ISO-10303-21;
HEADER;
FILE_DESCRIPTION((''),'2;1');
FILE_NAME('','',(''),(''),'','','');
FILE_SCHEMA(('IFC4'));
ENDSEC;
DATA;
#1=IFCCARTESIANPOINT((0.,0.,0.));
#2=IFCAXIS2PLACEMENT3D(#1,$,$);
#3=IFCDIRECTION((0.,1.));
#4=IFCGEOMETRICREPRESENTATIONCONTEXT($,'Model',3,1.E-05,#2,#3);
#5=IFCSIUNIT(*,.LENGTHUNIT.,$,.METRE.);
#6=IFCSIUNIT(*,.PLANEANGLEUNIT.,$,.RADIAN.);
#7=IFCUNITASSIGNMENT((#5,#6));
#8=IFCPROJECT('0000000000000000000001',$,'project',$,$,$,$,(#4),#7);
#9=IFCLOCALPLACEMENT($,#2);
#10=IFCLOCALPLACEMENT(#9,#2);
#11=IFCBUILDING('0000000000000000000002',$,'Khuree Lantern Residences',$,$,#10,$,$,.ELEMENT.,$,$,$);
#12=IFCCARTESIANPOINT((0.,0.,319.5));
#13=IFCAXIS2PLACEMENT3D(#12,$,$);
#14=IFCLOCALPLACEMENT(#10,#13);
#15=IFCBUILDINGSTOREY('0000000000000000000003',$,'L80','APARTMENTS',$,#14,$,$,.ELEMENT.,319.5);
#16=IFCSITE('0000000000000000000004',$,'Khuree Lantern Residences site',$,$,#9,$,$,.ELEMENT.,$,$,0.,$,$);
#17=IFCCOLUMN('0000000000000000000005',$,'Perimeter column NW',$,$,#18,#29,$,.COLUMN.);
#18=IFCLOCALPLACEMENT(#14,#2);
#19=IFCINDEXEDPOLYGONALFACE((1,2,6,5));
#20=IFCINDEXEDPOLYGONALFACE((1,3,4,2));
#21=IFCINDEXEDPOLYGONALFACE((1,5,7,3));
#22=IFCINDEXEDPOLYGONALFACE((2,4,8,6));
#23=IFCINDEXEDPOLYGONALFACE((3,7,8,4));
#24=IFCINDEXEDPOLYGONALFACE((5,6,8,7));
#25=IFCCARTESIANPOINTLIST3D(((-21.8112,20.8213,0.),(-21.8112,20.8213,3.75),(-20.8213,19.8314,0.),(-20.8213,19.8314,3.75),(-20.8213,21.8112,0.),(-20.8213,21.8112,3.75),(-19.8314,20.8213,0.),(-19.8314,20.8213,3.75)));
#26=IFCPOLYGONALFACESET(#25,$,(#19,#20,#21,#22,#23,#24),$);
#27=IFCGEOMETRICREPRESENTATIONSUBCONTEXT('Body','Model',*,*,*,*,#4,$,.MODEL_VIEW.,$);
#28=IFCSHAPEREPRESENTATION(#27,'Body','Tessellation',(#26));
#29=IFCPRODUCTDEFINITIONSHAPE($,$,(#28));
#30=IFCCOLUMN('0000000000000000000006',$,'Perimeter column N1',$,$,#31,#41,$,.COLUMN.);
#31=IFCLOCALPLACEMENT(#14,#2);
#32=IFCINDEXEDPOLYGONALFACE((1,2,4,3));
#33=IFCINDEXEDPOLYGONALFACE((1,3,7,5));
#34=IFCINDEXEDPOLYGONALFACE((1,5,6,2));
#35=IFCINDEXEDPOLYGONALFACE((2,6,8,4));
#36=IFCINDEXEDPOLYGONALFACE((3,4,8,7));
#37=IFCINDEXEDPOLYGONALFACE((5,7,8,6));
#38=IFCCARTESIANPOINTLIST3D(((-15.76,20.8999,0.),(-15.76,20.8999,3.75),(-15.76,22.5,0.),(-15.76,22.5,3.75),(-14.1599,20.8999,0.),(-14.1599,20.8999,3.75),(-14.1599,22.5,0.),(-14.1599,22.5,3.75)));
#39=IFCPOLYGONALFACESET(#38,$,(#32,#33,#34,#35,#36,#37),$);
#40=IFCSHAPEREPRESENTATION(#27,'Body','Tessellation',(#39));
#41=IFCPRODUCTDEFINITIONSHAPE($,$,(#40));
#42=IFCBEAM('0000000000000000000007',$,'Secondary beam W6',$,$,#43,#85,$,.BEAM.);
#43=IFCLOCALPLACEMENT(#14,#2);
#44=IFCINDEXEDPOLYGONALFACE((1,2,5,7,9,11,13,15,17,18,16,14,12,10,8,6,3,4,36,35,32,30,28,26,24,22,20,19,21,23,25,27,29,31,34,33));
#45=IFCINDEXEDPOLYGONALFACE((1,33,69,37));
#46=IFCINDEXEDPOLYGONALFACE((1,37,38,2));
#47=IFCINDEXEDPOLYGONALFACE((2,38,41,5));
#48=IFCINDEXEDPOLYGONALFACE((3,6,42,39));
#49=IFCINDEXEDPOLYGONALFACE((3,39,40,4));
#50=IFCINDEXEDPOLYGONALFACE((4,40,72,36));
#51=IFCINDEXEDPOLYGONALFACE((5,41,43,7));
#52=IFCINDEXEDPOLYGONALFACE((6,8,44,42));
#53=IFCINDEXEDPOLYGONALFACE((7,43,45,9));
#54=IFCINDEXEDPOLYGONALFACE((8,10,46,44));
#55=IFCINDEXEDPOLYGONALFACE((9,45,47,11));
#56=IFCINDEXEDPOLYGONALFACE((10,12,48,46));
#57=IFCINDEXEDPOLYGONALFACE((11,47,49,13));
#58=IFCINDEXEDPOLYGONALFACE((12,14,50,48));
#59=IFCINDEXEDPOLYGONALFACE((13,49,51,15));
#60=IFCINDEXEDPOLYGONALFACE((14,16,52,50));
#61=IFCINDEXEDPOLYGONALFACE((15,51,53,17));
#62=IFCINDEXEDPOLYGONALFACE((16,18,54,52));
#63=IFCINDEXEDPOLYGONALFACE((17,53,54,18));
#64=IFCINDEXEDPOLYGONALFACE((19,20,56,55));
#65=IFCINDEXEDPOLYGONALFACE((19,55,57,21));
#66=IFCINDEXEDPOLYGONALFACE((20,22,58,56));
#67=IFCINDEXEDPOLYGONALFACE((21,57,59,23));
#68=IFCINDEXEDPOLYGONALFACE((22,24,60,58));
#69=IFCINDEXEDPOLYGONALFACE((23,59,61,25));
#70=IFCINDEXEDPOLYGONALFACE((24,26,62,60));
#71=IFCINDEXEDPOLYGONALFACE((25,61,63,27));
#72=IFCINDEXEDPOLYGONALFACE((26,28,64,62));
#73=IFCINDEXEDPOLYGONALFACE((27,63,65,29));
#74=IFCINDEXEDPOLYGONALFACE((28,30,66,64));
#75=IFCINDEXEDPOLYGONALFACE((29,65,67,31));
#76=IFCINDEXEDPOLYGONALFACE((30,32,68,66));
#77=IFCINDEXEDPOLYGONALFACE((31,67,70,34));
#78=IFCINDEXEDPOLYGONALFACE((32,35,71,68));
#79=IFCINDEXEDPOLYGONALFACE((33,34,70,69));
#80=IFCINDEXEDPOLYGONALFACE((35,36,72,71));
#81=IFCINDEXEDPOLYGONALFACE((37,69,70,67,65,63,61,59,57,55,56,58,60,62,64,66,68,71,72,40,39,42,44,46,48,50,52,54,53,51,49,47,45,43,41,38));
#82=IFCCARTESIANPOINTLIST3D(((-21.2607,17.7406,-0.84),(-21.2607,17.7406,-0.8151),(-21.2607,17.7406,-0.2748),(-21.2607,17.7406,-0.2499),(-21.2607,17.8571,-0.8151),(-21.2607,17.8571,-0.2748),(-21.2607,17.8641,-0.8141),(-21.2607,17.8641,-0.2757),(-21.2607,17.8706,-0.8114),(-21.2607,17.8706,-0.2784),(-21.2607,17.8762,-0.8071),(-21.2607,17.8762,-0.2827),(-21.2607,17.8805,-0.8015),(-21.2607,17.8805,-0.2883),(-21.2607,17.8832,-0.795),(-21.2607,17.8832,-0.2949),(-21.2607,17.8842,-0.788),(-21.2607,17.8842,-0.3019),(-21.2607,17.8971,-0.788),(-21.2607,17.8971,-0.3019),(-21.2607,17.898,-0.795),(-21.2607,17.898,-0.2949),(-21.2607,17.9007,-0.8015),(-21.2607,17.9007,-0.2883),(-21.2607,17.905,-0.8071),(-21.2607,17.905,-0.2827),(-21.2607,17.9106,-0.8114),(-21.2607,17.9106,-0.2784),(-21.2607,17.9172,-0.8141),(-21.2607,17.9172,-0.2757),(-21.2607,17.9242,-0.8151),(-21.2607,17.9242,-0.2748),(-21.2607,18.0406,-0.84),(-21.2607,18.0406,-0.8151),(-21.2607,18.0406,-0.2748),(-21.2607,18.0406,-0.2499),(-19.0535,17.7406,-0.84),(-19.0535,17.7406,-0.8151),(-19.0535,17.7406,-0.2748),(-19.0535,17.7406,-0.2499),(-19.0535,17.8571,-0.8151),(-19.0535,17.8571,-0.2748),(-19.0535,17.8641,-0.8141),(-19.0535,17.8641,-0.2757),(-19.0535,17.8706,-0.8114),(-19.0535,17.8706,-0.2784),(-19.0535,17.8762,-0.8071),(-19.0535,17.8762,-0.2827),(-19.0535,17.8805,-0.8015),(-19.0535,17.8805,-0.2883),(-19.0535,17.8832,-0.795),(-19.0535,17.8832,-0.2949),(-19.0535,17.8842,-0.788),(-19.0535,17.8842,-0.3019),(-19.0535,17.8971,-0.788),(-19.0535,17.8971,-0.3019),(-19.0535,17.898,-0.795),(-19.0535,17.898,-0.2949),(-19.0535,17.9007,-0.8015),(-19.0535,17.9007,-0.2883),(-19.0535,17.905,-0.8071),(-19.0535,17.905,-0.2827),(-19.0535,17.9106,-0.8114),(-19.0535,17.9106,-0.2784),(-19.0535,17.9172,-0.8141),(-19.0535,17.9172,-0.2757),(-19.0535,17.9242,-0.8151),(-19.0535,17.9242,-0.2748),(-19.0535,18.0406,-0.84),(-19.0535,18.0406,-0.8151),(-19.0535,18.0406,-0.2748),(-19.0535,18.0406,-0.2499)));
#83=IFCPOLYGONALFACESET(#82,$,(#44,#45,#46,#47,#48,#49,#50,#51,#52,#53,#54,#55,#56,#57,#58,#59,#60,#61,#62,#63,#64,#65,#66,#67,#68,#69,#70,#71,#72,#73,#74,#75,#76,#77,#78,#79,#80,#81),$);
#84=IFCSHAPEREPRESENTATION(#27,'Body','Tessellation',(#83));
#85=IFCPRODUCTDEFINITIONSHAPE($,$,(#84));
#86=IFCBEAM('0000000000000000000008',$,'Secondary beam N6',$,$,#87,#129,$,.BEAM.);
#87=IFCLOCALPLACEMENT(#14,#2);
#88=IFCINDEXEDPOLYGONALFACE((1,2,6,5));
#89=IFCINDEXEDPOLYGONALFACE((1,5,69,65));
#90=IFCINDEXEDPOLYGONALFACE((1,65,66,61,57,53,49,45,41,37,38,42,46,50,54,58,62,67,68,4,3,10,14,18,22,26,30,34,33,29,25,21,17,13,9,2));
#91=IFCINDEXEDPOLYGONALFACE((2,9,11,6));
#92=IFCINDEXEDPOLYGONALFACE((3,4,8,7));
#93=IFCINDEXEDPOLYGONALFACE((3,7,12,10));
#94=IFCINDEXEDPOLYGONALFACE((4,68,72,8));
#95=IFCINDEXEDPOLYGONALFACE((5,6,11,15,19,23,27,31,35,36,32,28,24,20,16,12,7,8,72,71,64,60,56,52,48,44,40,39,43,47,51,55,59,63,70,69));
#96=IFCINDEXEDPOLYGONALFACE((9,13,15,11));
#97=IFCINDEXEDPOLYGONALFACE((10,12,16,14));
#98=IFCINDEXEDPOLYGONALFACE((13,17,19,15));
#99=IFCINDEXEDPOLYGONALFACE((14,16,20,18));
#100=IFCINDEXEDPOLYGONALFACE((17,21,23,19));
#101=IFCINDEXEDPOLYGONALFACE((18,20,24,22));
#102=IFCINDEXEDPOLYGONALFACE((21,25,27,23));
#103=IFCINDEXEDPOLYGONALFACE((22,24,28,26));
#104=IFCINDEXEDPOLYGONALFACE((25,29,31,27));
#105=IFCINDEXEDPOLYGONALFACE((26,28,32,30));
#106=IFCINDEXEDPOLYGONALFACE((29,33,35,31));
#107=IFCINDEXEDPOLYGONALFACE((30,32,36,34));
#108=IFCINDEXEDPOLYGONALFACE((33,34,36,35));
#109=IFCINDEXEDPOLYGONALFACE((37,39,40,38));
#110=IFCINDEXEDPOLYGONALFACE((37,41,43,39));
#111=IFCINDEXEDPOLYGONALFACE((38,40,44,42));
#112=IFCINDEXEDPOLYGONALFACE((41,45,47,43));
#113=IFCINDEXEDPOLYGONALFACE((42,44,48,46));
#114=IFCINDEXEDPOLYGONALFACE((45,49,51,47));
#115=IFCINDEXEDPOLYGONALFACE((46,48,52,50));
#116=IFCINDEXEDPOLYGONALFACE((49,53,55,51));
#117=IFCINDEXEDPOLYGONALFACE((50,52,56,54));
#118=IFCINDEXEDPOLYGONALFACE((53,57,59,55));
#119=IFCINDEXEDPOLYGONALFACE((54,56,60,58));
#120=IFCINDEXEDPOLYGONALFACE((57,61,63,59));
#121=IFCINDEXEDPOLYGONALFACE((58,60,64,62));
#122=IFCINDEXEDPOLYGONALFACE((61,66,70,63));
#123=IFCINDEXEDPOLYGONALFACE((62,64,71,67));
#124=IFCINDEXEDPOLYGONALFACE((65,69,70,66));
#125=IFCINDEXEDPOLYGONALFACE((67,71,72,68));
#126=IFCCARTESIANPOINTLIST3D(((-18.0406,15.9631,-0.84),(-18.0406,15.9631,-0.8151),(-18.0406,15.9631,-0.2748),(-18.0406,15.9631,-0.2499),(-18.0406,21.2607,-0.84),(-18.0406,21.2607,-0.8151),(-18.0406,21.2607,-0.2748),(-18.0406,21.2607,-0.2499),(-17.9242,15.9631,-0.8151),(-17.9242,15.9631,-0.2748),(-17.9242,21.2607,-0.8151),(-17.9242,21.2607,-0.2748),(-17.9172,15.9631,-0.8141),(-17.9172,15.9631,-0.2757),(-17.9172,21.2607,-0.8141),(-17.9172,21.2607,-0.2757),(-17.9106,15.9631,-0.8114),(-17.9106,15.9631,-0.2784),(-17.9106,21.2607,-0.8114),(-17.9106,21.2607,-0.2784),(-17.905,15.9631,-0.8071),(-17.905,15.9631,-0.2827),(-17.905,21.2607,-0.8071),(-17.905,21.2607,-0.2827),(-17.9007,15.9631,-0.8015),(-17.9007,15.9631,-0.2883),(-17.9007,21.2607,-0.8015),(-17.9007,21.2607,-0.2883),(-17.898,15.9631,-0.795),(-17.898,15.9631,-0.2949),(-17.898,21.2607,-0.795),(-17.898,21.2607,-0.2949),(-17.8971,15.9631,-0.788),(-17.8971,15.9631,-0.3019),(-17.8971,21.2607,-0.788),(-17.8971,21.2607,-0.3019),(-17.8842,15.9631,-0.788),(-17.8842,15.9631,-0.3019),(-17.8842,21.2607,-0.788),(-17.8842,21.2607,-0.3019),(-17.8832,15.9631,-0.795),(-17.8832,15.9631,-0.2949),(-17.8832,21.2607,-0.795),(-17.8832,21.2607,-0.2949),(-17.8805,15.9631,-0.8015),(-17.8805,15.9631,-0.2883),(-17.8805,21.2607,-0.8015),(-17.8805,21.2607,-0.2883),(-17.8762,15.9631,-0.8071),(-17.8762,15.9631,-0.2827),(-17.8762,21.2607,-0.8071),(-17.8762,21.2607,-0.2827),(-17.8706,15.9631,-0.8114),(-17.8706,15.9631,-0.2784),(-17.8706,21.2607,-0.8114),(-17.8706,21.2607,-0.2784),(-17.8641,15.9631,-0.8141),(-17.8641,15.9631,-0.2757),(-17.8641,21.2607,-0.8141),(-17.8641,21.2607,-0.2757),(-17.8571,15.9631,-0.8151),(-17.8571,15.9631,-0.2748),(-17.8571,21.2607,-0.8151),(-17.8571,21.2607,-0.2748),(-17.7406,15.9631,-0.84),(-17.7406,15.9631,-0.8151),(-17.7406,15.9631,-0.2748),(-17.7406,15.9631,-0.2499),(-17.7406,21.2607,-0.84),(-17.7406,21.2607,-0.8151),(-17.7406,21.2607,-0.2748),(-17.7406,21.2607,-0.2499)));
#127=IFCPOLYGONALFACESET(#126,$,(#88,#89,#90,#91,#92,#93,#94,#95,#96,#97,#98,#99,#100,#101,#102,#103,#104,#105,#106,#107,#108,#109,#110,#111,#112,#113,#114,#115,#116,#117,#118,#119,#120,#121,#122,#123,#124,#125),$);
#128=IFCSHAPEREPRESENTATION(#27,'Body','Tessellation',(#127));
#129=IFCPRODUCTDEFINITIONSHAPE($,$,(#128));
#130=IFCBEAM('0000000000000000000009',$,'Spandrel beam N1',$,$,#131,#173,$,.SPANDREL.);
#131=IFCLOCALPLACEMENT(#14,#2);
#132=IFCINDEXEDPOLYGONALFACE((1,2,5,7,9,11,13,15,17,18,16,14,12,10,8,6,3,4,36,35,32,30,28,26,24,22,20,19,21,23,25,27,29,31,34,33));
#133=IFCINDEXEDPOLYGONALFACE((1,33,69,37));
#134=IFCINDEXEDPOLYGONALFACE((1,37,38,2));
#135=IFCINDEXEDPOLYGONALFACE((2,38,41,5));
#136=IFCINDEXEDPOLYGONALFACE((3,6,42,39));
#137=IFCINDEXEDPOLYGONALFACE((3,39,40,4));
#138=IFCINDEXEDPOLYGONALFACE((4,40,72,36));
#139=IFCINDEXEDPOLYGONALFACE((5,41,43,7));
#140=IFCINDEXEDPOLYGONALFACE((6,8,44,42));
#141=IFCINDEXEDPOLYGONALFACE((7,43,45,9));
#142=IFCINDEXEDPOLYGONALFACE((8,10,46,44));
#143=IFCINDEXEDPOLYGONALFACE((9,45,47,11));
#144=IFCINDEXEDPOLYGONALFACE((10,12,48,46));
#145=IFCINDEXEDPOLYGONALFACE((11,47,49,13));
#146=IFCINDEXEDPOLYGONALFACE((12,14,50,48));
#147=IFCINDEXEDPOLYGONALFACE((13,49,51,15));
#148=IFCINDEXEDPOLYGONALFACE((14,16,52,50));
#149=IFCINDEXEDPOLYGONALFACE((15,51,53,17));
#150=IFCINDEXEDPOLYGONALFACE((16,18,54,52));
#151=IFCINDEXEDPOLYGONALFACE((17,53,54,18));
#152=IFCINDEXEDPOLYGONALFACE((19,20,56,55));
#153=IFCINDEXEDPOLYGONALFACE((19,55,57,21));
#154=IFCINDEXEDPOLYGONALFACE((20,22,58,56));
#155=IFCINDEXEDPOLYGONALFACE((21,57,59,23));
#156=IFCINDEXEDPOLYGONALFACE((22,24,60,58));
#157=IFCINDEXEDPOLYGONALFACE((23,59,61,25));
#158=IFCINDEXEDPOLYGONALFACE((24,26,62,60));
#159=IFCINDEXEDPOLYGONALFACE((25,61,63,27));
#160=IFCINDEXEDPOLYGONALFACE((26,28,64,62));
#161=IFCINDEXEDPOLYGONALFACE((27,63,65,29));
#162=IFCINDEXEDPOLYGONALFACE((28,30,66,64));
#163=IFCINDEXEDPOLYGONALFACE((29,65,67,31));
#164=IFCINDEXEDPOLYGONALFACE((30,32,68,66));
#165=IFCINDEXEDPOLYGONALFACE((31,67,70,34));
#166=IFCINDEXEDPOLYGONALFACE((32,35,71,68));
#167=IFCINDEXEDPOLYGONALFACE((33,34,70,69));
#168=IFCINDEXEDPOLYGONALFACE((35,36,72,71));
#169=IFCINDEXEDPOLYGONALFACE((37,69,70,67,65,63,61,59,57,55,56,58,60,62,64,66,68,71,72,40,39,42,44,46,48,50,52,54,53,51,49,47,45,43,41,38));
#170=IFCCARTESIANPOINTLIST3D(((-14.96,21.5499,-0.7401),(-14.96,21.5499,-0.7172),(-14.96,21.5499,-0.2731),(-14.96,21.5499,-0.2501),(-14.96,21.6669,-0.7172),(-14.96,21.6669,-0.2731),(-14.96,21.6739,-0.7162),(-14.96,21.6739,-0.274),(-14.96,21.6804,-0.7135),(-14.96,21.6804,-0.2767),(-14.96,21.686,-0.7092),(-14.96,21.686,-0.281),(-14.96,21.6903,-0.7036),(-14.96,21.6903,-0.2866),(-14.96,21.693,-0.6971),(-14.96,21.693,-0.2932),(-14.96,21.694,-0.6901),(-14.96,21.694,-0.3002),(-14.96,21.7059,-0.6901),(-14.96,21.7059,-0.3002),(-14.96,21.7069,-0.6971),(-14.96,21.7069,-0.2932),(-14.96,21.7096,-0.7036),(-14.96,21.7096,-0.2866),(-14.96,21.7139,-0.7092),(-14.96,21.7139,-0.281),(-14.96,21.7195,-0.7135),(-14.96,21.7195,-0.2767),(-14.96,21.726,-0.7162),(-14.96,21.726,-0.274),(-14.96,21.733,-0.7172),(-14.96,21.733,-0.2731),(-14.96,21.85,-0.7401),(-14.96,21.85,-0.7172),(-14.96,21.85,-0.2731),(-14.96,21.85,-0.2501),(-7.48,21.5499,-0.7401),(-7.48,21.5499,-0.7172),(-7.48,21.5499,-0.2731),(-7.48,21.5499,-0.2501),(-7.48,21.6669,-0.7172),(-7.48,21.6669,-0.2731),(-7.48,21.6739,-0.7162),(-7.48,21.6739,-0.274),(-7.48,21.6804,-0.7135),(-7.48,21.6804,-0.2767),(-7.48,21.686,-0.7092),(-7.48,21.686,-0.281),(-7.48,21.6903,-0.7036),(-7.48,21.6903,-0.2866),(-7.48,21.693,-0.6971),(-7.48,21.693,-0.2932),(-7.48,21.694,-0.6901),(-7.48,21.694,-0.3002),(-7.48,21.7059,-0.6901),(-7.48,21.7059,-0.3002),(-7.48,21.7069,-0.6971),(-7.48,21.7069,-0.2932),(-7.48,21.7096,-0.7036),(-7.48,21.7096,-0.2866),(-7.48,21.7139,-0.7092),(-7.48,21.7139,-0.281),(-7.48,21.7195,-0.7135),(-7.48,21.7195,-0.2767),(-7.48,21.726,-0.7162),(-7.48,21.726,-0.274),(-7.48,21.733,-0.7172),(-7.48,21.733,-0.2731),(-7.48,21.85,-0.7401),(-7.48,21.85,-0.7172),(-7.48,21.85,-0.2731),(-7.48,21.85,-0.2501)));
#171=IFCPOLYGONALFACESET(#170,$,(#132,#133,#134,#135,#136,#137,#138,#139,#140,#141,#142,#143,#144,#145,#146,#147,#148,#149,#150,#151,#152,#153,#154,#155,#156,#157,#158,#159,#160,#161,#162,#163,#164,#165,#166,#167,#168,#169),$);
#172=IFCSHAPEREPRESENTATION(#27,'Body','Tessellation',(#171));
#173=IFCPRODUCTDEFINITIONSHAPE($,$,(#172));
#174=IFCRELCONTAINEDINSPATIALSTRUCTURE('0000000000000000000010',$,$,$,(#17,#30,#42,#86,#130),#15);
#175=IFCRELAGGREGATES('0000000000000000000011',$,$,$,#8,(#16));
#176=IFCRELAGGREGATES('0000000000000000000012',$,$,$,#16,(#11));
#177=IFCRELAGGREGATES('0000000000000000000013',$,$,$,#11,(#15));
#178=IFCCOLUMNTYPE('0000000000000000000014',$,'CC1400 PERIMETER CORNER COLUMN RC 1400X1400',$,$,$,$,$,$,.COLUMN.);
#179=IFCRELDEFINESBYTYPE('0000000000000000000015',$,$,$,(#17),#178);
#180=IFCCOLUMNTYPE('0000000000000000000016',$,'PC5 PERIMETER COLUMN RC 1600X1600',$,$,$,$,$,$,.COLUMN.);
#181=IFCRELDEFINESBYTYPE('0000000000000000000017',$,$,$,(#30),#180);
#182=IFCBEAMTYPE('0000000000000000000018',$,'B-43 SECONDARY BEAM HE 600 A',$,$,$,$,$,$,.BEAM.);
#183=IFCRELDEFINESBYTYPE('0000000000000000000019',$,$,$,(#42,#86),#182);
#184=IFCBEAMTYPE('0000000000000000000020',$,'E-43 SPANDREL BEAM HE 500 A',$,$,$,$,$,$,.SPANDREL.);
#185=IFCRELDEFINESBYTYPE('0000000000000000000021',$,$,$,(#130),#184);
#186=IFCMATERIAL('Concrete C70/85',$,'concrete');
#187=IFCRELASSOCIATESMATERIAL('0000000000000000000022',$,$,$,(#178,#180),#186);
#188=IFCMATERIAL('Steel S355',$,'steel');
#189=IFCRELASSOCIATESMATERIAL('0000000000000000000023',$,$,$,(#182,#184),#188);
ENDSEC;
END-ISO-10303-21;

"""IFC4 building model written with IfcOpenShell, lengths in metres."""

from ifc_helpers import new_model, si_unit, direction, frame, origin, origin_2d, place, context, subcontext, project, spatial, rectangle, i_section, extrude, material, material_profile, profile_set, type_object, element, save


model = new_model("IFC4")

# Units and contexts
model_context = context("Model", 3, precision=1e-05, world=origin(), true_north=direction((0.0, 1.0)))
body_context = subcontext(model_context, "Body", "Model", "MODEL_VIEW")
ifc_project = project(units=[si_unit("LENGTHUNIT", "METRE"), si_unit("PLANEANGLEUNIT", "RADIAN")], contexts=[model_context])

# Site, building, storey
site_placement = place(None, origin())
site = spatial("IfcSite", under=ifc_project, at=site_placement, Name="Khuree Lantern Residences site", CompositionType="ELEMENT", RefElevation=0.0)
building_placement = place(site_placement, origin())
building = spatial("IfcBuilding", under=site, at=building_placement, Name="Khuree Lantern Residences", CompositionType="ELEMENT")
storey_placement = place(building_placement, frame((0.0, 0.0, 319.5)))
storey = spatial("IfcBuildingStorey", under=building, at=storey_placement, Name="L80", Description="APARTMENTS", CompositionType="ELEMENT", Elevation=319.5)

# Columns
ifc_material_1 = material(Name="Concrete C70/85", Category="concrete")
ifc_material_profile_1 = material_profile(ifc_material_1, rectangle(XDim=1.3999, YDim=1.3999, at=origin_2d()), Name="RC 1400X1400")
ifc_profile_set_1 = profile_set([ifc_material_profile_1], Name="Concrete C70/85")
column_type_1 = type_object("IfcColumnType", Name="CC1400 PERIMETER CORNER COLUMN RC 1400X1400", PredefinedType="COLUMN", material=ifc_profile_set_1)
column_1_placement = place(storey_placement, frame((-20.8213, 20.8213, 0.0), z_axis=(0.0, 0.0, 1.0), x_axis=(0.707107, 0.707107, 0.0)))
element("IfcColumn", 1, at=column_1_placement, inside=storey, type_object=column_type_1, Name="Perimeter column NW", PredefinedType="COLUMN", context=body_context, shape_type="SweptSolid", body=[
    extrude(rectangle(XDim=1.3999, YDim=1.3999, at=origin_2d()), origin(), (0.0, 0.0, 1.0), 3.75),
])
ifc_material_profile_2 = material_profile(ifc_material_1, rectangle(XDim=1.6001, YDim=1.6001, at=origin_2d()), Name="RC 1600X1600")
ifc_profile_set_2 = profile_set([ifc_material_profile_2], Name="Concrete C70/85")
column_type_2 = type_object("IfcColumnType", Name="PC5 PERIMETER COLUMN RC 1600X1600", PredefinedType="COLUMN", material=ifc_profile_set_2)
column_2_placement = place(storey_placement, frame((-14.96, 21.7, 0.0), z_axis=(0.0, 0.0, 1.0), x_axis=(1.0, 0.0, 0.0)))
element("IfcColumn", 2, at=column_2_placement, inside=storey, type_object=column_type_2, Name="Perimeter column N1", PredefinedType="COLUMN", context=body_context, shape_type="SweptSolid", body=[
    extrude(rectangle(XDim=1.6001, YDim=1.6001, at=origin_2d()), origin(), (0.0, 0.0, 1.0), 3.75),
])

# Beams
ifc_material_2 = material(Name="Steel S355", Category="steel")
ifc_material_profile_3 = material_profile(ifc_material_2, i_section(OverallWidth=0.3, OverallDepth=0.5901, WebThickness=0.0129, FlangeThickness=0.0249, FilletRadius=0.0271, at=origin_2d()), Name="HE 600 A")
ifc_profile_set_3 = profile_set([ifc_material_profile_3], Name="Steel S355")
beam_type_1 = type_object("IfcBeamType", Name="B-43 SECONDARY BEAM HE 600 A", PredefinedType="BEAM", material=ifc_profile_set_3)
beam_1_placement = place(storey_placement, frame((-21.2607, 17.8906, -0.5449), z_axis=(1.0, 0.0, 0.0), x_axis=(0.0, 1.0, 0.0)))
element("IfcBeam", 3, at=beam_1_placement, inside=storey, type_object=beam_type_1, Name="Secondary beam W6", PredefinedType="BEAM", context=body_context, shape_type="SweptSolid", body=[
    extrude(i_section(OverallWidth=0.3, OverallDepth=0.5901, WebThickness=0.0129, FlangeThickness=0.0249, FilletRadius=0.0271, at=origin_2d()), origin(), (0.0, 0.0, 1.0), 2.2073),
])
beam_2_placement = place(storey_placement, frame((-17.8906, 21.2607, -0.5449), z_axis=(0.0, -1.0, 0.0), x_axis=(1.0, 0.0, 0.0)))
element("IfcBeam", 4, at=beam_2_placement, inside=storey, type_object=beam_type_1, Name="Secondary beam N6", PredefinedType="BEAM", context=body_context, shape_type="SweptSolid", body=[
    extrude(i_section(OverallWidth=0.3, OverallDepth=0.5901, WebThickness=0.0129, FlangeThickness=0.0249, FilletRadius=0.0271, at=origin_2d()), origin(), (0.0, 0.0, 1.0), 5.2976),
])
ifc_material_profile_4 = material_profile(ifc_material_2, i_section(OverallWidth=0.3, OverallDepth=0.49, WebThickness=0.012, FlangeThickness=0.0229, FilletRadius=0.0271, at=origin_2d()), Name="HE 500 A")
ifc_profile_set_4 = profile_set([ifc_material_profile_4], Name="Steel S355")
beam_type_2 = type_object("IfcBeamType", Name="E-43 SPANDREL BEAM HE 500 A", PredefinedType="SPANDREL", material=ifc_profile_set_4)
beam_3_placement = place(storey_placement, frame((-14.96, 21.7, -0.4951), z_axis=(1.0, 0.0, 0.0), x_axis=(0.0, 1.0, 0.0)))
element("IfcBeam", 5, at=beam_3_placement, inside=storey, type_object=beam_type_2, Name="Spandrel beam N1", PredefinedType="SPANDREL", context=body_context, shape_type="SweptSolid", body=[
    extrude(i_section(OverallWidth=0.3, OverallDepth=0.49, WebThickness=0.012, FlangeThickness=0.0229, FilletRadius=0.0271, at=origin_2d()), origin(), (0.0, 0.0, 1.0), 7.48),
])

save(model, "model.ifc")
